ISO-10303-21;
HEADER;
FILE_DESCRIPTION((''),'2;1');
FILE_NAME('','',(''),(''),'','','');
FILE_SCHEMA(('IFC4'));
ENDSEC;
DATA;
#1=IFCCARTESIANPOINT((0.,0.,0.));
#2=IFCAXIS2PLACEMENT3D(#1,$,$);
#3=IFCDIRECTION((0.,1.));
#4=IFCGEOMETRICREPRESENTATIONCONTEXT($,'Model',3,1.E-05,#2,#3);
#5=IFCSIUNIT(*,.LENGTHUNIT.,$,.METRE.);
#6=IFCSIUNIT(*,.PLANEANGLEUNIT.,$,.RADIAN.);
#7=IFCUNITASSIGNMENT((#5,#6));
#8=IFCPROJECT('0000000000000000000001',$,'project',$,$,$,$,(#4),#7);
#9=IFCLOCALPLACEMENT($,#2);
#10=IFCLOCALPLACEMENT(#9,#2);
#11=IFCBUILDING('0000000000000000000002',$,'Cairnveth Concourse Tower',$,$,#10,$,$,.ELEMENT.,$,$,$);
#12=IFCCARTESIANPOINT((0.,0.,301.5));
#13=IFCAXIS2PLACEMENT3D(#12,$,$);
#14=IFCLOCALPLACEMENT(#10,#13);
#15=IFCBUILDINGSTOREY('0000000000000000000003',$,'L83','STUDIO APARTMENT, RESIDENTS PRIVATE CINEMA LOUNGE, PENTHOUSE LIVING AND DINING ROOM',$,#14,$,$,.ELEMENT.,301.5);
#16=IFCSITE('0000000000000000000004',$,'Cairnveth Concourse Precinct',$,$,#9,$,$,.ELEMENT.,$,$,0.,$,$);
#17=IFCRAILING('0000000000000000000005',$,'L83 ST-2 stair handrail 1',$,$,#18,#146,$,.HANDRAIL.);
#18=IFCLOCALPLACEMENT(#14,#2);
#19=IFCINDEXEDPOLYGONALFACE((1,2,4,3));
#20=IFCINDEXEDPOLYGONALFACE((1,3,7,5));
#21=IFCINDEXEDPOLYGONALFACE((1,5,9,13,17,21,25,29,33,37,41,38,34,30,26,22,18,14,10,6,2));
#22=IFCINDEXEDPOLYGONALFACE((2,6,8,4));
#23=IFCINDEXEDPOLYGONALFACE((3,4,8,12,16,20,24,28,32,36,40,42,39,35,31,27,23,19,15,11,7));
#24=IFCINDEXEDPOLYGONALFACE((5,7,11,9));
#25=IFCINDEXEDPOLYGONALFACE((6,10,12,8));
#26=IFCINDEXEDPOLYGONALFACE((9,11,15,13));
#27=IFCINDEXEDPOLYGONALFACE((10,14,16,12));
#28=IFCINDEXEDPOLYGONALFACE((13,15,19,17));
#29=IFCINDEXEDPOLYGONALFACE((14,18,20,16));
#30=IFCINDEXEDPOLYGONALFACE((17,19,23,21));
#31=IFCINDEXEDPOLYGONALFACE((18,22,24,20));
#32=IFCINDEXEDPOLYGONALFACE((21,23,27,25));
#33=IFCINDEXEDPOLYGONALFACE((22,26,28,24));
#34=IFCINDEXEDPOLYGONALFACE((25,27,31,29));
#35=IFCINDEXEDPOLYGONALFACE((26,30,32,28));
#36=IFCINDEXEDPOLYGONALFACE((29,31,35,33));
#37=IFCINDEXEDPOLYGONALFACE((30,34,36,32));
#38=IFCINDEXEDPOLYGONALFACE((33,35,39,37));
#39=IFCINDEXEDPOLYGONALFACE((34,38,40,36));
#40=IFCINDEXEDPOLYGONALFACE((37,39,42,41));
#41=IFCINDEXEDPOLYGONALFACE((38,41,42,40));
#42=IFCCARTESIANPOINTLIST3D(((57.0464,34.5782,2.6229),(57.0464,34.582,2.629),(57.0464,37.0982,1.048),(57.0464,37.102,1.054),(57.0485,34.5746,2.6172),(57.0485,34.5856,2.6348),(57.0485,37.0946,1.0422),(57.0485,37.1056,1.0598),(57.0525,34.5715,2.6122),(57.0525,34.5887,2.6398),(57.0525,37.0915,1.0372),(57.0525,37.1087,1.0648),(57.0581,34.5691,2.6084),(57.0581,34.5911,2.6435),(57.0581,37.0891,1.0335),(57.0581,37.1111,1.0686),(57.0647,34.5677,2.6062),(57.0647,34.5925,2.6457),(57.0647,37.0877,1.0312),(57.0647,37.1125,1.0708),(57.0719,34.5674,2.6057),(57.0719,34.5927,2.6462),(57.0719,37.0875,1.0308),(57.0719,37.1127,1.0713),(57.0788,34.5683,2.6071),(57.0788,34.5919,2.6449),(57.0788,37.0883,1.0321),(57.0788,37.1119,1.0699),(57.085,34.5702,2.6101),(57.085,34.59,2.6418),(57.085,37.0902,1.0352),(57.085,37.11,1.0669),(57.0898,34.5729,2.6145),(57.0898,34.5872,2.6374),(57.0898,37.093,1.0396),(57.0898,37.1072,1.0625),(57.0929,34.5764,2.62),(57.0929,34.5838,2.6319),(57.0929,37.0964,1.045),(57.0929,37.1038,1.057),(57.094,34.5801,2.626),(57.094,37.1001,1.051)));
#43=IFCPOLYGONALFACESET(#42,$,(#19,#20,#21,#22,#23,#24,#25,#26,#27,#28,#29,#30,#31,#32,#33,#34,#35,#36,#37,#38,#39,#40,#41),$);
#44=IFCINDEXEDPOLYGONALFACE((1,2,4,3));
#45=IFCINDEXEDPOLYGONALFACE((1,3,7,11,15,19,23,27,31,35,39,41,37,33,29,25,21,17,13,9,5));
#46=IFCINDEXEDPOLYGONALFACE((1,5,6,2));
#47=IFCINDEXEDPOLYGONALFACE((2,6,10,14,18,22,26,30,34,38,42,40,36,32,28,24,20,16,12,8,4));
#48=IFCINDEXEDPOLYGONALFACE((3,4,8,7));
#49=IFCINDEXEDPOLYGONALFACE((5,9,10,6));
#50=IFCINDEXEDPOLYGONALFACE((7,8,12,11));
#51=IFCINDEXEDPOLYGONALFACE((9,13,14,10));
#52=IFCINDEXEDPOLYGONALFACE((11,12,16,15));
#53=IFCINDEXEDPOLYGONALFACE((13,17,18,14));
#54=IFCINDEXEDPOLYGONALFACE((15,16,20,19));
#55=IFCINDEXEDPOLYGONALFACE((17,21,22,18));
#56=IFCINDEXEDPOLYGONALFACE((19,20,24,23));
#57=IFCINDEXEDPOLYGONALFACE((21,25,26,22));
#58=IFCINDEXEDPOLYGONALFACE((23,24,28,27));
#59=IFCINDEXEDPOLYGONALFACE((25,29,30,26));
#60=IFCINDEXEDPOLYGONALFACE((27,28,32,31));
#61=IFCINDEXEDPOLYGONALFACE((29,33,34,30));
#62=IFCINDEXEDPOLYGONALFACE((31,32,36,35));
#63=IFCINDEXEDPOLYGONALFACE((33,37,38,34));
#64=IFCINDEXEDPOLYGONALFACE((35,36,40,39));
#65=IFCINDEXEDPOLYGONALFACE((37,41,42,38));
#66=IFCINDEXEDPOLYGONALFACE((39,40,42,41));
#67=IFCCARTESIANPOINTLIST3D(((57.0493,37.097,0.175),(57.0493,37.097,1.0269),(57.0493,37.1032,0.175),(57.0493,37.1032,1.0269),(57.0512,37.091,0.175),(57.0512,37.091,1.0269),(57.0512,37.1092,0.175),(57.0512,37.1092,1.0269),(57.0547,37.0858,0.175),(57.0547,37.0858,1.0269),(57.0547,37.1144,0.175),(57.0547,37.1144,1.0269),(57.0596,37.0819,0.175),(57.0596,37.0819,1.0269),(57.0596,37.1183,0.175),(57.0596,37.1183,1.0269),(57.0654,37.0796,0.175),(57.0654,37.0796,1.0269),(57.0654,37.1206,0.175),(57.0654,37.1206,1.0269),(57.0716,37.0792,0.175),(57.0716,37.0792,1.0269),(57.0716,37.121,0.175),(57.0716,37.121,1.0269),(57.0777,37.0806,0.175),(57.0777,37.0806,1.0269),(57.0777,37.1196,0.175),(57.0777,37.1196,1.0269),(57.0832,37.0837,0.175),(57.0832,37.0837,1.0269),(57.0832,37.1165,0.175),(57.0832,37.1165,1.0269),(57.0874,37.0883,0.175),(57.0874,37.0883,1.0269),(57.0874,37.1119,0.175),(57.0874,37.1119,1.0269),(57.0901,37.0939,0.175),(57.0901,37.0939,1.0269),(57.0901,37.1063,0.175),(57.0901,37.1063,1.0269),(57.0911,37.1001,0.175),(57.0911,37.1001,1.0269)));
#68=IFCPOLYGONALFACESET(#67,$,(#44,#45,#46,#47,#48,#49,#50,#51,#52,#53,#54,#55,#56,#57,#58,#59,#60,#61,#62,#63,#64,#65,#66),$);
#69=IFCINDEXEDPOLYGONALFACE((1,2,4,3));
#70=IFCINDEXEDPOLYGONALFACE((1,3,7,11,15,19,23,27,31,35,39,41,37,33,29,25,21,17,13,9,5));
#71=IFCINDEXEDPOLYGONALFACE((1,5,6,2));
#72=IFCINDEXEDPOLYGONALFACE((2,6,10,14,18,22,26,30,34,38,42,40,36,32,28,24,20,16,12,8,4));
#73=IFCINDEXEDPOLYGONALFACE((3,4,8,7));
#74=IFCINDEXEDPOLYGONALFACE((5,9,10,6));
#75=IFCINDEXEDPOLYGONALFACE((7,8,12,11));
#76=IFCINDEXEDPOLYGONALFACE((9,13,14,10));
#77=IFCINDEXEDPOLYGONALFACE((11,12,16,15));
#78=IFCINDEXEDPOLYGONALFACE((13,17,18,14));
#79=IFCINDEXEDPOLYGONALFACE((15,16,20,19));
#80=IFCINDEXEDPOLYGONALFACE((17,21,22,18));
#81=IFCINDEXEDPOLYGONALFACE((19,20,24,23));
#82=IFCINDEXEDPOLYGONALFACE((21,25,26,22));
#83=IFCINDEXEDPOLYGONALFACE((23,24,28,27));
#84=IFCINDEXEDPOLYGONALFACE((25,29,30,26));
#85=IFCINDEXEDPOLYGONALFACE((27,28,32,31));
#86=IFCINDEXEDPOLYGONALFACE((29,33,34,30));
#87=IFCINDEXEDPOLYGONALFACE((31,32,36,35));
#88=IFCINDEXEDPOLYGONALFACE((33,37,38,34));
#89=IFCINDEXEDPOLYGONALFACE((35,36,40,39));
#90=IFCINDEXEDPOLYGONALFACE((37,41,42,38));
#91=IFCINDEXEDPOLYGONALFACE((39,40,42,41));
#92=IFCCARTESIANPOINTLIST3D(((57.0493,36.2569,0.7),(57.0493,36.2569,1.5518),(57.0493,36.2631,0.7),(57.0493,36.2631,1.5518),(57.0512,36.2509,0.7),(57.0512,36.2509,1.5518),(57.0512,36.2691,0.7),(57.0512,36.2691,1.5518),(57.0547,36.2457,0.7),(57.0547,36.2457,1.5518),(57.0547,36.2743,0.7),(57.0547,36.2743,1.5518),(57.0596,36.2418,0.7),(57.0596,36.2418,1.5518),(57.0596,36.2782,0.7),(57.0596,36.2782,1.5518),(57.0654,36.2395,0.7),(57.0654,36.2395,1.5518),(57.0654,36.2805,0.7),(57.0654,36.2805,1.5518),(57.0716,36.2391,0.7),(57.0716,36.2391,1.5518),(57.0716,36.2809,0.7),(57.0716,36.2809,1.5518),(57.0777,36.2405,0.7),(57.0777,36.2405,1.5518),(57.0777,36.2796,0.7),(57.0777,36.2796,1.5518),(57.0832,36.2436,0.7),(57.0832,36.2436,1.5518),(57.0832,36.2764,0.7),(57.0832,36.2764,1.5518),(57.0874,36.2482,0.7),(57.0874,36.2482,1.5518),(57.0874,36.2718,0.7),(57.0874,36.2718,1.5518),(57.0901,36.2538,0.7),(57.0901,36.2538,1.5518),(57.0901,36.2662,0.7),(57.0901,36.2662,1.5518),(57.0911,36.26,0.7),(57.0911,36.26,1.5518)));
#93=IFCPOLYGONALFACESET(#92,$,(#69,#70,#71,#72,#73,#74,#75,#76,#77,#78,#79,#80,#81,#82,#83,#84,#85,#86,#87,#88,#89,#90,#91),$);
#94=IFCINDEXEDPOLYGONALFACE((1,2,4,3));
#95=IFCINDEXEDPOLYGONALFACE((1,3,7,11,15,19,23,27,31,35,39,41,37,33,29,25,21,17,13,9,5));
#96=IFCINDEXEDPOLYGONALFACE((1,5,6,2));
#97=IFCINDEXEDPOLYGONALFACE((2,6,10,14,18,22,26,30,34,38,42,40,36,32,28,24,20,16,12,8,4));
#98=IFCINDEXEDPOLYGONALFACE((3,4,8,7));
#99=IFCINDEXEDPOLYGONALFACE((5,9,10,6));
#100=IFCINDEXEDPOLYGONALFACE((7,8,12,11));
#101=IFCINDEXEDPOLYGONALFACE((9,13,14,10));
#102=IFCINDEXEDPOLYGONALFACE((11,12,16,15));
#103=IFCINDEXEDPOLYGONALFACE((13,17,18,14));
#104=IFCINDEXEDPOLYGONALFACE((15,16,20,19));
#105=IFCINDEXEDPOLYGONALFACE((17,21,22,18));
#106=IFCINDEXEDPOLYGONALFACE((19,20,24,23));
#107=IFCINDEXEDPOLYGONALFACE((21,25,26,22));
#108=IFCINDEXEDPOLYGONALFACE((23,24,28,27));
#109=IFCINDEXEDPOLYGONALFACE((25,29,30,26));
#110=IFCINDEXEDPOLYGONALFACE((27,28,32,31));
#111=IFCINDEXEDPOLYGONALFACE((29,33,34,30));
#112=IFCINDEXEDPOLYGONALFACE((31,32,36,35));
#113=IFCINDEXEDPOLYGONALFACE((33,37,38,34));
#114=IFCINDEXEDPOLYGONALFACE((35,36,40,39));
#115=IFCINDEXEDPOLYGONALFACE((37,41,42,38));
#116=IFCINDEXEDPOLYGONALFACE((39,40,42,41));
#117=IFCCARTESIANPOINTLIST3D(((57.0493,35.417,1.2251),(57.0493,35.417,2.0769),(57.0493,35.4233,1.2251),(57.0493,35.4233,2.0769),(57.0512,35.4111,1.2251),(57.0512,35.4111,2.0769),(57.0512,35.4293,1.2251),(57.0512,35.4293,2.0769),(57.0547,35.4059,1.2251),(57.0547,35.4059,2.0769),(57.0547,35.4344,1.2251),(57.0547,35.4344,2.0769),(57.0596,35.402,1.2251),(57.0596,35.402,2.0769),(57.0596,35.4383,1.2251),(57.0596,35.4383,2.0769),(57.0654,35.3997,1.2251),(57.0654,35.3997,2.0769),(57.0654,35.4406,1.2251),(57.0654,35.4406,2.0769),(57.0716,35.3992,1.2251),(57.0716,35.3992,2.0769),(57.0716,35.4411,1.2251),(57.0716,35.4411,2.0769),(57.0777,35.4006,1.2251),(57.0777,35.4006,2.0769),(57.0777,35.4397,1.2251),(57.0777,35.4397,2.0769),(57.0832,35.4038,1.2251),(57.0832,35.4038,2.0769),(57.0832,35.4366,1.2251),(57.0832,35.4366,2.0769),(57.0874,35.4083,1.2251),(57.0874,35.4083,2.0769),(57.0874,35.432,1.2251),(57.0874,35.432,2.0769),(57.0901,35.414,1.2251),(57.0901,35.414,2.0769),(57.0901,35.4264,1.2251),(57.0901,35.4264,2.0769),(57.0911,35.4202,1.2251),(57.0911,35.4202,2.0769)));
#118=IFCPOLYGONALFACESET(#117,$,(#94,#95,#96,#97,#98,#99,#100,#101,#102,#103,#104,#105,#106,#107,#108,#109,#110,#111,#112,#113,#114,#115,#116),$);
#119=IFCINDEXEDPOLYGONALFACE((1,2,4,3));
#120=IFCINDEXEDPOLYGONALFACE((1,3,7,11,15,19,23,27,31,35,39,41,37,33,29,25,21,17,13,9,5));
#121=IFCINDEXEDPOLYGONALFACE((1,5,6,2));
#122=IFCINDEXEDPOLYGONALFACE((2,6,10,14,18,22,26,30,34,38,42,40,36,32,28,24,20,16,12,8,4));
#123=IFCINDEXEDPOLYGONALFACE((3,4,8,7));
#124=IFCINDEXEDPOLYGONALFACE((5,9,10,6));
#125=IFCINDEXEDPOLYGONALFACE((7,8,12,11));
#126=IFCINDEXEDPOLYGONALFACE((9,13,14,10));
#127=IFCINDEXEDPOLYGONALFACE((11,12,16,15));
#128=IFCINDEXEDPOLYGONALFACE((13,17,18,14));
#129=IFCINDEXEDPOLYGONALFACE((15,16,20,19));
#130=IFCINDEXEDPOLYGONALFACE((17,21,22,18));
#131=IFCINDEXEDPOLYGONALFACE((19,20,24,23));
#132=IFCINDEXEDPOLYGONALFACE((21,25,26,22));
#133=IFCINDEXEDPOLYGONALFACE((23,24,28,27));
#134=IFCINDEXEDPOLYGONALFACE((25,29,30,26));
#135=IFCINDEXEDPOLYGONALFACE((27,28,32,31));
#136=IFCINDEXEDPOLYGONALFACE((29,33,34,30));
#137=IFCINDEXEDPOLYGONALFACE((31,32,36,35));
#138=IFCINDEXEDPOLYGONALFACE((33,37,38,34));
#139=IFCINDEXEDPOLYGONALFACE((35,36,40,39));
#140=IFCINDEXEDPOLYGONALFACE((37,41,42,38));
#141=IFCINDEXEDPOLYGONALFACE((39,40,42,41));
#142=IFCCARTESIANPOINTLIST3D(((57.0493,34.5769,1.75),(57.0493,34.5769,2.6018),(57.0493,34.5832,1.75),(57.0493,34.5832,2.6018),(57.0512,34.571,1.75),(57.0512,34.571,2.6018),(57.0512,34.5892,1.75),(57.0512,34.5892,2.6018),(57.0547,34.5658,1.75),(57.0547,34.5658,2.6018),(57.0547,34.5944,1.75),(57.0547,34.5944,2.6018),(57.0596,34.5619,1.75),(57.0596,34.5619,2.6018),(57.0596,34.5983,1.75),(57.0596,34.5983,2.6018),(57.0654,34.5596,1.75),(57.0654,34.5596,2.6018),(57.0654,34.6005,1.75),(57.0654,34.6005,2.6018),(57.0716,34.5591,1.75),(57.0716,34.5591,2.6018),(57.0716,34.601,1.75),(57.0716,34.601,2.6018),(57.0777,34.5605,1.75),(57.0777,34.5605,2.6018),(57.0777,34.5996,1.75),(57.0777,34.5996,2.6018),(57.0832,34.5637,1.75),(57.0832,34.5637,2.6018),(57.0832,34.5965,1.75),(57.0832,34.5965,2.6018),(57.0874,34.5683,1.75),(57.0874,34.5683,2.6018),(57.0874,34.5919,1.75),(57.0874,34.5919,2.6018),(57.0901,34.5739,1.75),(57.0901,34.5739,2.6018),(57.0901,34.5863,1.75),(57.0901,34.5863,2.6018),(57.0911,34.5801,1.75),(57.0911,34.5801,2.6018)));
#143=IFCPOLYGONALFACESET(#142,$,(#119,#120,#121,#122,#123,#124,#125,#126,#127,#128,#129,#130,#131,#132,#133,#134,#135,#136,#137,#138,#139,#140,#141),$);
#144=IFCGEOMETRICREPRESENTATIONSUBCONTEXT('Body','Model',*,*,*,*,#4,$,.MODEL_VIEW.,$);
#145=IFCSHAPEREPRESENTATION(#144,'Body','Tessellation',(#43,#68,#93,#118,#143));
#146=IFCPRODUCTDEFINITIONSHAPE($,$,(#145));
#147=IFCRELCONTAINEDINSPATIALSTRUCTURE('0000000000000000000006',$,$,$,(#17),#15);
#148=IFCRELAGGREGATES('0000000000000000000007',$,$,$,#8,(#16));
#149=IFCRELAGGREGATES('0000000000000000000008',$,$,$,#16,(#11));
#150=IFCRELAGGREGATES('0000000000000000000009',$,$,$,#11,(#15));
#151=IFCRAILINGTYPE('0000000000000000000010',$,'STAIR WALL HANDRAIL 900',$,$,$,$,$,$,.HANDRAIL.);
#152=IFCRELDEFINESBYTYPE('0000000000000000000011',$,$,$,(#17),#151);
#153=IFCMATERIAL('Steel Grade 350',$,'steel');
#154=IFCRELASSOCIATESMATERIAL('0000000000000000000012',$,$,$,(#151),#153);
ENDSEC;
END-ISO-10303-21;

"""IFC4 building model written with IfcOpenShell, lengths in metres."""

from ifc_helpers import new_model, si_unit, direction, frame, origin, origin_2d, place, context, subcontext, project, spatial, circle, extrude, material, type_object, element, save


model = new_model("IFC4")

# Units and contexts
model_context = context("Model", 3, precision=1e-05, world=origin(), true_north=direction((0.0, 1.0)))
body_context = subcontext(model_context, "Body", "Model", "MODEL_VIEW")
ifc_project = project(units=[si_unit("LENGTHUNIT", "METRE"), si_unit("PLANEANGLEUNIT", "RADIAN")], contexts=[model_context])

# Site, building, storey
site_placement = place(None, origin())
site = spatial("IfcSite", under=ifc_project, at=site_placement, Name="Cairnveth Concourse Precinct", CompositionType="ELEMENT", RefElevation=0.0)
building_placement = place(site_placement, origin())
building = spatial("IfcBuilding", under=site, at=building_placement, Name="Cairnveth Concourse Tower", CompositionType="ELEMENT")
storey_placement = place(building_placement, frame((0.0, 0.0, 301.5)))
storey = spatial("IfcBuildingStorey", under=building, at=storey_placement, Name="L83", Description="STUDIO APARTMENT, RESIDENTS PRIVATE CINEMA LOUNGE, PENTHOUSE LIVING AND DINING ROOM", CompositionType="ELEMENT", Elevation=301.5)

# Shared definitions
ifc_material_1 = material(Name="Steel Grade 350", Category="steel")

# Railing
railing_type_1 = type_object("IfcRailingType", Name="STAIR WALL HANDRAIL 900", PredefinedType="HANDRAIL", material=ifc_material_1)
railing_1_placement = place(storey_placement, frame((57.0701, 37.1001, 0.175)))
element("IfcRailing", 1, at=railing_1_placement, inside=storey, type_object=railing_type_1, Name="L83 ST-2 stair handrail 1", PredefinedType="HANDRAIL", context=body_context, shape_type="SweptSolid", body=[
    extrude(circle(Radius=0.0239, at=origin_2d()), frame((0.0, 0.0, 0.876), z_axis=(0.0, -0.848008, 0.529984), x_axis=(1.0, 0.0, 0.0)), (0.0, 0.0, 1.0), 2.9717),
    extrude(circle(Radius=0.021, at=origin_2d()), origin(), (0.0, 0.0, 1.0), 0.8518),
    extrude(circle(Radius=0.021, at=origin_2d()), frame((0.0, -0.8401, 0.5249)), (0.0, 0.0, 1.0), 0.8518),
    extrude(circle(Radius=0.021, at=origin_2d()), frame((0.0, -1.6799, 1.05)), (0.0, 0.0, 1.0), 0.8518),
    extrude(circle(Radius=0.021, at=origin_2d()), frame((0.0, -2.52, 1.575)), (0.0, 0.0, 1.0), 0.8518),
])

save(model, "model.ifc")
